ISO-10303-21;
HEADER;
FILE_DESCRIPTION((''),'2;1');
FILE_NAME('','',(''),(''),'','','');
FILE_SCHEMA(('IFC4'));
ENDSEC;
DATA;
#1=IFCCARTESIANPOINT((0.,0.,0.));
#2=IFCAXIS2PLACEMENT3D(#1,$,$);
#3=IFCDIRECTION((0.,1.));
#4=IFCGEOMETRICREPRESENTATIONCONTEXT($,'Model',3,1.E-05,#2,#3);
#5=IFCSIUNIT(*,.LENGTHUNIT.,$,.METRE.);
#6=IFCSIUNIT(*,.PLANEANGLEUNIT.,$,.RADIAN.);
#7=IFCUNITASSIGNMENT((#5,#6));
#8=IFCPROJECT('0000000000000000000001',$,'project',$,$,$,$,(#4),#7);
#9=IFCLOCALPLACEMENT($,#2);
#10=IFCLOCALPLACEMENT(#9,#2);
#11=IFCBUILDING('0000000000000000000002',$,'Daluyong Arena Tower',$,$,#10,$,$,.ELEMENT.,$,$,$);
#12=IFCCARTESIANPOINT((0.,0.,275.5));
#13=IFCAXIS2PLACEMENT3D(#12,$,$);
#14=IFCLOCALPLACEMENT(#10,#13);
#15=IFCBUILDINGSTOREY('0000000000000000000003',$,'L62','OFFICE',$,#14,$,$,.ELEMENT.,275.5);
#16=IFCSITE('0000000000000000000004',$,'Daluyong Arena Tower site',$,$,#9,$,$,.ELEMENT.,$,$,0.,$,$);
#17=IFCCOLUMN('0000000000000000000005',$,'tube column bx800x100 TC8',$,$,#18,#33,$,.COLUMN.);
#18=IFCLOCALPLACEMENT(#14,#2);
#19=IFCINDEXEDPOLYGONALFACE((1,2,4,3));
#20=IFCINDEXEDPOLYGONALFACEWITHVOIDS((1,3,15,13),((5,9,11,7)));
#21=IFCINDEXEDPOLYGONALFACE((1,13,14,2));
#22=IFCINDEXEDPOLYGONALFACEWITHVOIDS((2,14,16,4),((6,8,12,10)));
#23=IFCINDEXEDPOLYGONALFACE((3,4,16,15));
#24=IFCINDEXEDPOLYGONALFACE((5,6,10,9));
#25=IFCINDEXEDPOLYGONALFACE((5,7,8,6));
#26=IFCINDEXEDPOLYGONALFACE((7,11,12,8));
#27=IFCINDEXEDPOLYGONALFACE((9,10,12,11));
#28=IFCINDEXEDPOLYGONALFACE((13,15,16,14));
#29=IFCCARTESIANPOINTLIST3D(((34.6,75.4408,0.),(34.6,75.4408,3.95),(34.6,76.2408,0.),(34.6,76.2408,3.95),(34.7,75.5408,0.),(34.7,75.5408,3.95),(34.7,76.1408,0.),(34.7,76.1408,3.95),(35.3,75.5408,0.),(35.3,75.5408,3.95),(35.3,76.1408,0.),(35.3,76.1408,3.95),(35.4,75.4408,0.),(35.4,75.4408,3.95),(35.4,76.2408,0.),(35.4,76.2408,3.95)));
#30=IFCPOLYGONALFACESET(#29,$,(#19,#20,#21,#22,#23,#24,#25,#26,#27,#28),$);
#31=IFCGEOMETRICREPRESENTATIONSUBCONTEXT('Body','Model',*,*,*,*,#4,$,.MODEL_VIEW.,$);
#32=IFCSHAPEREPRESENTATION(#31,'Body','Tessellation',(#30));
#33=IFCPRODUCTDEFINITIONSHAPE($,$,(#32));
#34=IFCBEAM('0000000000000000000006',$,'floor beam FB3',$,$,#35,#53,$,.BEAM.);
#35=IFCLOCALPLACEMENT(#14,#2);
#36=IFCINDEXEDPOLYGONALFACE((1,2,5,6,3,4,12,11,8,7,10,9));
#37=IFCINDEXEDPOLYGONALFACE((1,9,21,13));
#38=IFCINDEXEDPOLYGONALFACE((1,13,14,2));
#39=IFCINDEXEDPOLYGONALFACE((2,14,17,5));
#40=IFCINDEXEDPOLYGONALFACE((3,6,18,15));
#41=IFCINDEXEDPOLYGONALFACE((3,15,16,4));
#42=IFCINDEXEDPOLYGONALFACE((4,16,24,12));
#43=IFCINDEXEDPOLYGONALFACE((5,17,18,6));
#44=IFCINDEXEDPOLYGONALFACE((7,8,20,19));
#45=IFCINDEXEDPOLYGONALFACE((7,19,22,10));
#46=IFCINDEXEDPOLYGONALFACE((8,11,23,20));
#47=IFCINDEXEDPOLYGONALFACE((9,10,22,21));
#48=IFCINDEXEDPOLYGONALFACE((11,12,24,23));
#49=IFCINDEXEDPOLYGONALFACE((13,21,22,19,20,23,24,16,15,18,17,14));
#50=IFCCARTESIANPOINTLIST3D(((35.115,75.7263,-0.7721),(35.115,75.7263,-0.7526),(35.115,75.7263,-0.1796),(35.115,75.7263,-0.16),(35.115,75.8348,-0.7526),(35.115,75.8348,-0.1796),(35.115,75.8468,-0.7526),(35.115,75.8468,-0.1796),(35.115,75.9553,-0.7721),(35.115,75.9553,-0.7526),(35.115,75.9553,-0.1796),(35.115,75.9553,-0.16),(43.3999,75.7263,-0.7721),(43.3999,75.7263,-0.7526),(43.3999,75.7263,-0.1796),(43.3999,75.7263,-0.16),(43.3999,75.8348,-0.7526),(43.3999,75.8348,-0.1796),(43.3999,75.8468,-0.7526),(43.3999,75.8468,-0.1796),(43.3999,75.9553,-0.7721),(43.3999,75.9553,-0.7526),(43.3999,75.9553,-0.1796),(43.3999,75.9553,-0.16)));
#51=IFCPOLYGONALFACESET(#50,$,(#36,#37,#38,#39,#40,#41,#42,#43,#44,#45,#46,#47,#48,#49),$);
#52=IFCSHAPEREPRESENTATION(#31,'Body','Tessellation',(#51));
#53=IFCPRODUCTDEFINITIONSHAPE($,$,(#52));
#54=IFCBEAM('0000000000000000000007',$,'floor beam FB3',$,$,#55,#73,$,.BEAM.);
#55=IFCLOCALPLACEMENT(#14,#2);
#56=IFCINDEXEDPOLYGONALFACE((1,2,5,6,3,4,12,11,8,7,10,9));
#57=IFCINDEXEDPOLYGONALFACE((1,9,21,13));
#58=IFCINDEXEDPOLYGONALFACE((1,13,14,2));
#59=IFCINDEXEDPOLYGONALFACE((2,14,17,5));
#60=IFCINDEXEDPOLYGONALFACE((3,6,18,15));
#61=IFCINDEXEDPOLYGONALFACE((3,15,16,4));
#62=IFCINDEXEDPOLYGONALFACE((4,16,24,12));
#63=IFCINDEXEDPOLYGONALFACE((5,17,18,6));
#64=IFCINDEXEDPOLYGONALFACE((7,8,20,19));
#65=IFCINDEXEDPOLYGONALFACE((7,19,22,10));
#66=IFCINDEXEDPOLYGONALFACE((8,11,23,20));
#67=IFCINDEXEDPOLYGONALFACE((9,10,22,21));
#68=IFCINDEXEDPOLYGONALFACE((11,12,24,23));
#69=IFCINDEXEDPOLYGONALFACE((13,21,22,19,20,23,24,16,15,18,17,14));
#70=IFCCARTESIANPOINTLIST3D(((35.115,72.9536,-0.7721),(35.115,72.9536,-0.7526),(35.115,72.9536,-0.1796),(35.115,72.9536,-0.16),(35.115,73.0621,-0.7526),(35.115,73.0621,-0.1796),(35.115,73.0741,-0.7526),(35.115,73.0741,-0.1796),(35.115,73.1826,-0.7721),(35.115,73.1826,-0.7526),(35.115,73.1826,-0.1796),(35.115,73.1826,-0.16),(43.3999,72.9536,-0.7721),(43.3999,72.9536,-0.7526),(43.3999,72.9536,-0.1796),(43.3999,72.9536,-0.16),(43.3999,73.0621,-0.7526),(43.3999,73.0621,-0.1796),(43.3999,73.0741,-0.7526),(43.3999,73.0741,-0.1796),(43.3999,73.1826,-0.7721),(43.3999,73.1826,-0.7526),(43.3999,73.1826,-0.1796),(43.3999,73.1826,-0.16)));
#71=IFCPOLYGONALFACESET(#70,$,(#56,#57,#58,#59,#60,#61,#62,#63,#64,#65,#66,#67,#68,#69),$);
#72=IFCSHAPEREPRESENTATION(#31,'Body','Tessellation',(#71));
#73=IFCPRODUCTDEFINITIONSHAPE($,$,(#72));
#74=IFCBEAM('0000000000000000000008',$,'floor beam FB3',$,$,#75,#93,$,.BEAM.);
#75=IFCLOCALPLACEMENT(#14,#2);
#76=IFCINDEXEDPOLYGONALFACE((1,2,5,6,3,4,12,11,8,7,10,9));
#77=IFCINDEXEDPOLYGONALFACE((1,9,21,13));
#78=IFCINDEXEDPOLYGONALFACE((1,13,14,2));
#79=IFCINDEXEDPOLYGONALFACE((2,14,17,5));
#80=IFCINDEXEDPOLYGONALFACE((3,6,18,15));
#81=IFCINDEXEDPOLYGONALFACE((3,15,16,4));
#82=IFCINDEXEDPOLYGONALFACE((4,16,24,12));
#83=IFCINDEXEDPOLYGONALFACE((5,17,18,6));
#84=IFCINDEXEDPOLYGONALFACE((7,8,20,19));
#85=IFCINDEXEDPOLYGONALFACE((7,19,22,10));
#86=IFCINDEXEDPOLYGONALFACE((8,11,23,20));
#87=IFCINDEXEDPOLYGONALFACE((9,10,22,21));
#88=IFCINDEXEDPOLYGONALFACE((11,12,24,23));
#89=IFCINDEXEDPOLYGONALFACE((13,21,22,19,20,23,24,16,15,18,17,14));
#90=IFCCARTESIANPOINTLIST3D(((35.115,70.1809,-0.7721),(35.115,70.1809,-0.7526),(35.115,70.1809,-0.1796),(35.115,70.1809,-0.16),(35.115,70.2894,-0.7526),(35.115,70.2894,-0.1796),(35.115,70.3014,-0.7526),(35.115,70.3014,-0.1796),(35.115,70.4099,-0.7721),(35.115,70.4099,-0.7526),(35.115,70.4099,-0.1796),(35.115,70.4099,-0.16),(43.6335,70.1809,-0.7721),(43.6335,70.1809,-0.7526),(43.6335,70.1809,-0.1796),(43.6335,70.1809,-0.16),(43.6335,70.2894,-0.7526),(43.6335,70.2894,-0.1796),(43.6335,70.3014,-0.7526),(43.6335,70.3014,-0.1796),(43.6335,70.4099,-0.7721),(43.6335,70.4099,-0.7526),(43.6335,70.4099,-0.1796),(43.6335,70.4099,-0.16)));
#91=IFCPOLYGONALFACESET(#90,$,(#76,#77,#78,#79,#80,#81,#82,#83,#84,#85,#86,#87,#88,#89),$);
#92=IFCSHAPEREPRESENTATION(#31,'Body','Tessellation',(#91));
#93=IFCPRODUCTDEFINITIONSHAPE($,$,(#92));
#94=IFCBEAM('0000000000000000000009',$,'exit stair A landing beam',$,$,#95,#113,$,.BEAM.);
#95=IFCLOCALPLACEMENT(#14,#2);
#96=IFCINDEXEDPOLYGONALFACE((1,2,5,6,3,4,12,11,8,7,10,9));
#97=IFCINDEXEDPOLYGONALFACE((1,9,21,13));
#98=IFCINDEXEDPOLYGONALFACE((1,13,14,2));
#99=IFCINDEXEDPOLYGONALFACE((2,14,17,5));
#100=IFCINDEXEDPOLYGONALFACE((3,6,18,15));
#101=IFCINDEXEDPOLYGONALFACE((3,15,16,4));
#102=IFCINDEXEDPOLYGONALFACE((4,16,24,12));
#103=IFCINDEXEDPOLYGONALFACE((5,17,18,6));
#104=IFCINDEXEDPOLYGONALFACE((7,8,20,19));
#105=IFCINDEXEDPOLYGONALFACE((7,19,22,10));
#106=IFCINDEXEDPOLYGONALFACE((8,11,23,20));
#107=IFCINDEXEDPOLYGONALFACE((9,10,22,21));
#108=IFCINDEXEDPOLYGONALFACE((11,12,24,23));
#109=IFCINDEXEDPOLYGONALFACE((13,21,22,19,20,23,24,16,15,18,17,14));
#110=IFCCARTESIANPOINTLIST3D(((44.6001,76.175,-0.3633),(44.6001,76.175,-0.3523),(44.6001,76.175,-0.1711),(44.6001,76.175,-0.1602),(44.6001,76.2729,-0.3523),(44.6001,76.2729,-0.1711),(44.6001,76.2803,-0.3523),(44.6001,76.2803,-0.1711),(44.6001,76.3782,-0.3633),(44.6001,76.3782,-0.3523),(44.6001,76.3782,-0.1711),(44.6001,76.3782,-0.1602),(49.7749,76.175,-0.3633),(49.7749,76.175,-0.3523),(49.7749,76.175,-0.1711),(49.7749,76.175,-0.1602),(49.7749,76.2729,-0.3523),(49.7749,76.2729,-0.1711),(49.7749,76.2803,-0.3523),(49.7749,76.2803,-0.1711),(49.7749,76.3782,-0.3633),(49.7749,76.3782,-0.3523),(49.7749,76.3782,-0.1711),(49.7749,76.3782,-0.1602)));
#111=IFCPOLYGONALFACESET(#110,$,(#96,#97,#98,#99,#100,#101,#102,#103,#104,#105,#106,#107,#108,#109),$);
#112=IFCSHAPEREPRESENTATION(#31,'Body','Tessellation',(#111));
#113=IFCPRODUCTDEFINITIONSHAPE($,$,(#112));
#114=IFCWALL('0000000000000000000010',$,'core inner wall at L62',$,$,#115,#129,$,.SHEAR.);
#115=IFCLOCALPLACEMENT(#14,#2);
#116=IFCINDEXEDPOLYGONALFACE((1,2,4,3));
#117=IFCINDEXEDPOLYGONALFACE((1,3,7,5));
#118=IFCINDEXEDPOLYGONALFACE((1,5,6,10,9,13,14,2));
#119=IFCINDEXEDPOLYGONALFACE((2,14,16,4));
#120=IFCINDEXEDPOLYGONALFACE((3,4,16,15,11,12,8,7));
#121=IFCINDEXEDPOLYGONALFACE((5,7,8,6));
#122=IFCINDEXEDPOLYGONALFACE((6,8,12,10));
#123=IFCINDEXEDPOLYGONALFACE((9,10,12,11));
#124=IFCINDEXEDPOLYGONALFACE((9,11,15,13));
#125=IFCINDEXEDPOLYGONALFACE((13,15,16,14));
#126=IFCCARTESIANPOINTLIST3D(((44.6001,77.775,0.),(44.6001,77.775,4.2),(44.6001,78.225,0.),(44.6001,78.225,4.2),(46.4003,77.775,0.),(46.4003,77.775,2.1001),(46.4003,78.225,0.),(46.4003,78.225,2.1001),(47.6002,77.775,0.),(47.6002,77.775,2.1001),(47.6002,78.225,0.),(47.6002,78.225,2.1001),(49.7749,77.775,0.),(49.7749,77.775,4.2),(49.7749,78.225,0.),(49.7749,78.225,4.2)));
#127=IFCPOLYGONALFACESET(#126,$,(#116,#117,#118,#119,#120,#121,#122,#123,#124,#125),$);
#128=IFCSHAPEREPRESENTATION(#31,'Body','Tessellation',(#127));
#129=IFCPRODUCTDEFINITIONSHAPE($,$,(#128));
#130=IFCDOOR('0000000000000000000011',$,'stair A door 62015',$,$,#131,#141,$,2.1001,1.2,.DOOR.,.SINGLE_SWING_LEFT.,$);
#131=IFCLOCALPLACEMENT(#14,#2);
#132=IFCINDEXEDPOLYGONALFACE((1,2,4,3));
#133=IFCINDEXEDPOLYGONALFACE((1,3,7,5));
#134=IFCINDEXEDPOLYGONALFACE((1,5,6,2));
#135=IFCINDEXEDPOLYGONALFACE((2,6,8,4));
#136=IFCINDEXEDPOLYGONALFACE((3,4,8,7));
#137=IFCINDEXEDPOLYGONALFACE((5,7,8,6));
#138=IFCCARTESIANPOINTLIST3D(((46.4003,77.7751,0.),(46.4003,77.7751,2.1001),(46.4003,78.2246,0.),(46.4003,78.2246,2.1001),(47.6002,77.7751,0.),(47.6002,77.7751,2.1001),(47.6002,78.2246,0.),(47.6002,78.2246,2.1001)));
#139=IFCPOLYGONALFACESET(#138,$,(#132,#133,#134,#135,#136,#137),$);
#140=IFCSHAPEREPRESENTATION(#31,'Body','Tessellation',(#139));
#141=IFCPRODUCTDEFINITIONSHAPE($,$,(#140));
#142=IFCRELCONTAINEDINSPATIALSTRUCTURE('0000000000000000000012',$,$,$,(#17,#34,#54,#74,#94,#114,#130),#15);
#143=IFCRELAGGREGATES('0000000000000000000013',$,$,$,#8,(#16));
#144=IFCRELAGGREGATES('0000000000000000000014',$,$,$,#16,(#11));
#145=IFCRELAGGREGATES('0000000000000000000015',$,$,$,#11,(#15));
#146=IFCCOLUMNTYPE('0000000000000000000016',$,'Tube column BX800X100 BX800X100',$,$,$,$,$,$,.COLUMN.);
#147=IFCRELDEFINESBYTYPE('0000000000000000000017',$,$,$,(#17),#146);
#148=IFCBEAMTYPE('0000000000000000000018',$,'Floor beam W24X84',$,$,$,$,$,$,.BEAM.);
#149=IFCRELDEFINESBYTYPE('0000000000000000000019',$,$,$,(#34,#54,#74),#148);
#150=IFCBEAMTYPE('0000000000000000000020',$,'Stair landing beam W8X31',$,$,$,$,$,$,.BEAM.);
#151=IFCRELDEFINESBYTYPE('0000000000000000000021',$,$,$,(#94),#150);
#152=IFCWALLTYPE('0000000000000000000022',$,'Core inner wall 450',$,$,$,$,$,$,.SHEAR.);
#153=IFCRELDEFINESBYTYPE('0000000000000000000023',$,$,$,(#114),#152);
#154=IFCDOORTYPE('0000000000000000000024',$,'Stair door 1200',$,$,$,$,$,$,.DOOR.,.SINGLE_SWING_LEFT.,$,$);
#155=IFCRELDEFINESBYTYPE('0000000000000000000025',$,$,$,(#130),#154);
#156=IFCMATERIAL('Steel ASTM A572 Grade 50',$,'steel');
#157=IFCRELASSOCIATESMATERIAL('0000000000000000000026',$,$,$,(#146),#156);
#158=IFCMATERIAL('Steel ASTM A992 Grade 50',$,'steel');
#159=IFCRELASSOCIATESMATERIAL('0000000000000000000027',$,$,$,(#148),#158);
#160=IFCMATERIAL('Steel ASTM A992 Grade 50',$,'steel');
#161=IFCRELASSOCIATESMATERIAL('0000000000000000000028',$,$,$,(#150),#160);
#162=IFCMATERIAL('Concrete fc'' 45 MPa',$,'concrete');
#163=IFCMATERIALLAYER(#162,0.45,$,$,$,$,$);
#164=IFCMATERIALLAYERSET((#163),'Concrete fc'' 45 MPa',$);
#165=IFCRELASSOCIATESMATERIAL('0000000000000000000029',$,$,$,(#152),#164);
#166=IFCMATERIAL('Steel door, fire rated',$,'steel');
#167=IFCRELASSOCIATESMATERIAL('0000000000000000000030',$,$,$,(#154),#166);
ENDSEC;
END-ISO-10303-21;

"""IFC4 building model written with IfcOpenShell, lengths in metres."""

from ifc_helpers import new_model, si_unit, direction, frame, frame_2d, origin, origin_2d, place, context, subcontext, project, spatial, rectangle, hollow_rectangle, i_section, extrude, material, layer, layer_set, material_profile, profile_set, type_object, element, fill, save


model = new_model("IFC4")

# Units and contexts
model_context = context("Model", 3, precision=1e-05, world=origin(), true_north=direction((0.0, 1.0)))
body_context = subcontext(model_context, "Body", "Model", "MODEL_VIEW")
ifc_project = project(units=[si_unit("LENGTHUNIT", "METRE"), si_unit("PLANEANGLEUNIT", "RADIAN")], contexts=[model_context])

# Site, building, storey
site_placement = place(None, origin())
site = spatial("IfcSite", under=ifc_project, at=site_placement, Name="Daluyong Arena Tower site", CompositionType="ELEMENT", RefElevation=0.0)
building_placement = place(site_placement, origin())
building = spatial("IfcBuilding", under=site, at=building_placement, Name="Daluyong Arena Tower", CompositionType="ELEMENT")
storey_placement = place(building_placement, frame((0.0, 0.0, 275.5)))
storey = spatial("IfcBuildingStorey", under=building, at=storey_placement, Name="L62", Description="OFFICE", CompositionType="ELEMENT", Elevation=275.5)

# Column
ifc_material_1 = material(Name="Steel ASTM A572 Grade 50", Category="steel")
ifc_material_profile_1 = material_profile(ifc_material_1, hollow_rectangle(XDim=0.8, YDim=0.8, WallThickness=0.1, at=origin_2d()))
ifc_profile_set_1 = profile_set([ifc_material_profile_1], Name="Steel ASTM A572 Grade 50")
column_type = type_object("IfcColumnType", Name="Tube column BX800X100 BX800X100", PredefinedType="COLUMN", material=ifc_profile_set_1)
column_placement = place(storey_placement, frame((35.0, 75.8408, 0.0), z_axis=(0.0, 0.0, 1.0), x_axis=(0.0, 1.0, 0.0)))
element("IfcColumn", 1, at=column_placement, inside=storey, type_object=column_type, Name="tube column bx800x100 TC8", PredefinedType="COLUMN", context=body_context, shape_type="SweptSolid", body=[
    extrude(hollow_rectangle(XDim=0.8, YDim=0.8, WallThickness=0.1, at=origin_2d()), origin(), (0.0, 0.0, 1.0), 3.95),
])

# Beams
ifc_material_2 = material(Name="Steel ASTM A992 Grade 50", Category="steel")
ifc_material_profile_2 = material_profile(ifc_material_2, i_section(OverallWidth=0.229, OverallDepth=0.6121, WebThickness=0.012, FlangeThickness=0.0195, at=origin_2d()))
ifc_profile_set_2 = profile_set([ifc_material_profile_2], Name="Steel ASTM A992 Grade 50")
beam_type_1 = type_object("IfcBeamType", Name="Floor beam W24X84", PredefinedType="BEAM", material=ifc_profile_set_2)
for number, where, z_axis, x_axis, name in (
    (2, (35.115, 75.8408, -0.4661), (1.0, 0.0, 0.0), (0.0, 1.0, 0.0), "floor beam FB3"),
    (3, (35.115, 73.0681, -0.4661), (1.0, 0.0, 0.0), (0.0, 1.0, 0.0), "floor beam FB3"),
):
    element("IfcBeam", number, at=place(storey_placement, frame(where, z_axis=z_axis, x_axis=x_axis)), inside=storey, type_object=beam_type_1, Name=name, PredefinedType="BEAM", context=body_context, shape_type="SweptSolid", body=[
        extrude(i_section(OverallWidth=0.229, OverallDepth=0.6121, WebThickness=0.012, FlangeThickness=0.0195, at=origin_2d()), origin(), (0.0, 0.0, 1.0), 8.2849),
    ])
beam_1_placement = place(storey_placement, frame((35.115, 70.2954, -0.4661), z_axis=(1.0, 0.0, 0.0), x_axis=(0.0, 1.0, 0.0)))
element("IfcBeam", 4, at=beam_1_placement, inside=storey, type_object=beam_type_1, Name="floor beam FB3", PredefinedType="BEAM", context=body_context, shape_type="SweptSolid", body=[
    extrude(i_section(OverallWidth=0.229, OverallDepth=0.6121, WebThickness=0.012, FlangeThickness=0.0195, at=origin_2d()), origin(), (0.0, 0.0, 1.0), 8.5186),
])
ifc_material_3 = material(Name="Steel ASTM A992 Grade 50", Category="steel")
ifc_material_profile_3 = material_profile(ifc_material_3, i_section(OverallWidth=0.2031, OverallDepth=0.2031, WebThickness=0.0073, FlangeThickness=0.011, at=origin_2d()))
ifc_profile_set_3 = profile_set([ifc_material_profile_3], Name="Steel ASTM A992 Grade 50")
beam_type_2 = type_object("IfcBeamType", Name="Stair landing beam W8X31", PredefinedType="BEAM", material=ifc_profile_set_3)
beam_2_placement = place(storey_placement, frame((44.6001, 76.2766, -0.2617), z_axis=(1.0, 0.0, 0.0), x_axis=(0.0, 1.0, 0.0)))
element("IfcBeam", 5, at=beam_2_placement, inside=storey, type_object=beam_type_2, Name="exit stair A landing beam", PredefinedType="BEAM", context=body_context, shape_type="SweptSolid", body=[
    extrude(i_section(OverallWidth=0.2031, OverallDepth=0.2031, WebThickness=0.0073, FlangeThickness=0.011, at=origin_2d()), origin(), (0.0, 0.0, 1.0), 5.1748),
])

# Wall, opening, door
ifc_material_4 = material(Name="Concrete fc' 45 MPa", Category="concrete")
ifc_layer_1 = layer(ifc_material_4, 0.45)
ifc_layer_set_1 = layer_set([ifc_layer_1], Name="Concrete fc' 45 MPa")
wall_type_1 = type_object("IfcWallType", Name="Core inner wall 450", PredefinedType="SHEAR", material=ifc_layer_set_1)
wall_1_placement = place(storey_placement, frame((44.6001, 78.0, 0.0), z_axis=(0.0, 0.0, 1.0), x_axis=(1.0, 0.0, 0.0)))
wall_1 = element("IfcWall", 6, at=wall_1_placement, inside=storey, type_object=wall_type_1, Name="core inner wall at L62", PredefinedType="SHEAR", context=body_context, shape_type="SweptSolid", body=[
    extrude(rectangle(XDim=5.1748, YDim=0.45, at=frame_2d((2.5874, 0.0))), origin(), (0.0, 0.0, 1.0), 4.2),
])
opening_1_placement = place(wall_1_placement, frame((1.8, 0.0, 0.0)))
opening_1 = element("IfcOpeningElement", 7, at=opening_1_placement, cuts=wall_1, PredefinedType="OPENING", context=body_context, shape_type="SweptSolid", body=[
    extrude(rectangle(XDim=1.2, YDim=2.1001, at=frame_2d((0.6001, 1.05))), frame((0.0, 0.2349, 0.0), z_axis=(0.0, -1.0, 0.0), x_axis=(1.0, 0.0, 0.0)), (0.0, 0.0, 1.0), 0.47),
])
ifc_material_5 = material(Name="Steel door, fire rated", Category="steel")
door_type_1 = type_object("IfcDoorType", Name="Stair door 1200", OperationType="SINGLE_SWING_LEFT", PredefinedType="DOOR", material=ifc_material_5)
door_1_placement = place(opening_1_placement, origin())
door_1 = element("IfcDoor", 8, at=door_1_placement, inside=storey, type_object=door_type_1, Name="stair A door 62015", OperationType="SINGLE_SWING_LEFT", OverallHeight=2.1001, OverallWidth=1.2, PredefinedType="DOOR", context=body_context, shape_type="SweptSolid", body=[
    extrude(rectangle(XDim=1.2, YDim=2.1001, at=frame_2d((0.6001, 1.05))), frame((0.0, 0.2246, 0.0), z_axis=(0.0, -1.0, 0.0), x_axis=(1.0, 0.0, 0.0)), (0.0, 0.0, 1.0), 0.4495),
])
fill(opening_1, door_1)

save(model, "model.ifc")
